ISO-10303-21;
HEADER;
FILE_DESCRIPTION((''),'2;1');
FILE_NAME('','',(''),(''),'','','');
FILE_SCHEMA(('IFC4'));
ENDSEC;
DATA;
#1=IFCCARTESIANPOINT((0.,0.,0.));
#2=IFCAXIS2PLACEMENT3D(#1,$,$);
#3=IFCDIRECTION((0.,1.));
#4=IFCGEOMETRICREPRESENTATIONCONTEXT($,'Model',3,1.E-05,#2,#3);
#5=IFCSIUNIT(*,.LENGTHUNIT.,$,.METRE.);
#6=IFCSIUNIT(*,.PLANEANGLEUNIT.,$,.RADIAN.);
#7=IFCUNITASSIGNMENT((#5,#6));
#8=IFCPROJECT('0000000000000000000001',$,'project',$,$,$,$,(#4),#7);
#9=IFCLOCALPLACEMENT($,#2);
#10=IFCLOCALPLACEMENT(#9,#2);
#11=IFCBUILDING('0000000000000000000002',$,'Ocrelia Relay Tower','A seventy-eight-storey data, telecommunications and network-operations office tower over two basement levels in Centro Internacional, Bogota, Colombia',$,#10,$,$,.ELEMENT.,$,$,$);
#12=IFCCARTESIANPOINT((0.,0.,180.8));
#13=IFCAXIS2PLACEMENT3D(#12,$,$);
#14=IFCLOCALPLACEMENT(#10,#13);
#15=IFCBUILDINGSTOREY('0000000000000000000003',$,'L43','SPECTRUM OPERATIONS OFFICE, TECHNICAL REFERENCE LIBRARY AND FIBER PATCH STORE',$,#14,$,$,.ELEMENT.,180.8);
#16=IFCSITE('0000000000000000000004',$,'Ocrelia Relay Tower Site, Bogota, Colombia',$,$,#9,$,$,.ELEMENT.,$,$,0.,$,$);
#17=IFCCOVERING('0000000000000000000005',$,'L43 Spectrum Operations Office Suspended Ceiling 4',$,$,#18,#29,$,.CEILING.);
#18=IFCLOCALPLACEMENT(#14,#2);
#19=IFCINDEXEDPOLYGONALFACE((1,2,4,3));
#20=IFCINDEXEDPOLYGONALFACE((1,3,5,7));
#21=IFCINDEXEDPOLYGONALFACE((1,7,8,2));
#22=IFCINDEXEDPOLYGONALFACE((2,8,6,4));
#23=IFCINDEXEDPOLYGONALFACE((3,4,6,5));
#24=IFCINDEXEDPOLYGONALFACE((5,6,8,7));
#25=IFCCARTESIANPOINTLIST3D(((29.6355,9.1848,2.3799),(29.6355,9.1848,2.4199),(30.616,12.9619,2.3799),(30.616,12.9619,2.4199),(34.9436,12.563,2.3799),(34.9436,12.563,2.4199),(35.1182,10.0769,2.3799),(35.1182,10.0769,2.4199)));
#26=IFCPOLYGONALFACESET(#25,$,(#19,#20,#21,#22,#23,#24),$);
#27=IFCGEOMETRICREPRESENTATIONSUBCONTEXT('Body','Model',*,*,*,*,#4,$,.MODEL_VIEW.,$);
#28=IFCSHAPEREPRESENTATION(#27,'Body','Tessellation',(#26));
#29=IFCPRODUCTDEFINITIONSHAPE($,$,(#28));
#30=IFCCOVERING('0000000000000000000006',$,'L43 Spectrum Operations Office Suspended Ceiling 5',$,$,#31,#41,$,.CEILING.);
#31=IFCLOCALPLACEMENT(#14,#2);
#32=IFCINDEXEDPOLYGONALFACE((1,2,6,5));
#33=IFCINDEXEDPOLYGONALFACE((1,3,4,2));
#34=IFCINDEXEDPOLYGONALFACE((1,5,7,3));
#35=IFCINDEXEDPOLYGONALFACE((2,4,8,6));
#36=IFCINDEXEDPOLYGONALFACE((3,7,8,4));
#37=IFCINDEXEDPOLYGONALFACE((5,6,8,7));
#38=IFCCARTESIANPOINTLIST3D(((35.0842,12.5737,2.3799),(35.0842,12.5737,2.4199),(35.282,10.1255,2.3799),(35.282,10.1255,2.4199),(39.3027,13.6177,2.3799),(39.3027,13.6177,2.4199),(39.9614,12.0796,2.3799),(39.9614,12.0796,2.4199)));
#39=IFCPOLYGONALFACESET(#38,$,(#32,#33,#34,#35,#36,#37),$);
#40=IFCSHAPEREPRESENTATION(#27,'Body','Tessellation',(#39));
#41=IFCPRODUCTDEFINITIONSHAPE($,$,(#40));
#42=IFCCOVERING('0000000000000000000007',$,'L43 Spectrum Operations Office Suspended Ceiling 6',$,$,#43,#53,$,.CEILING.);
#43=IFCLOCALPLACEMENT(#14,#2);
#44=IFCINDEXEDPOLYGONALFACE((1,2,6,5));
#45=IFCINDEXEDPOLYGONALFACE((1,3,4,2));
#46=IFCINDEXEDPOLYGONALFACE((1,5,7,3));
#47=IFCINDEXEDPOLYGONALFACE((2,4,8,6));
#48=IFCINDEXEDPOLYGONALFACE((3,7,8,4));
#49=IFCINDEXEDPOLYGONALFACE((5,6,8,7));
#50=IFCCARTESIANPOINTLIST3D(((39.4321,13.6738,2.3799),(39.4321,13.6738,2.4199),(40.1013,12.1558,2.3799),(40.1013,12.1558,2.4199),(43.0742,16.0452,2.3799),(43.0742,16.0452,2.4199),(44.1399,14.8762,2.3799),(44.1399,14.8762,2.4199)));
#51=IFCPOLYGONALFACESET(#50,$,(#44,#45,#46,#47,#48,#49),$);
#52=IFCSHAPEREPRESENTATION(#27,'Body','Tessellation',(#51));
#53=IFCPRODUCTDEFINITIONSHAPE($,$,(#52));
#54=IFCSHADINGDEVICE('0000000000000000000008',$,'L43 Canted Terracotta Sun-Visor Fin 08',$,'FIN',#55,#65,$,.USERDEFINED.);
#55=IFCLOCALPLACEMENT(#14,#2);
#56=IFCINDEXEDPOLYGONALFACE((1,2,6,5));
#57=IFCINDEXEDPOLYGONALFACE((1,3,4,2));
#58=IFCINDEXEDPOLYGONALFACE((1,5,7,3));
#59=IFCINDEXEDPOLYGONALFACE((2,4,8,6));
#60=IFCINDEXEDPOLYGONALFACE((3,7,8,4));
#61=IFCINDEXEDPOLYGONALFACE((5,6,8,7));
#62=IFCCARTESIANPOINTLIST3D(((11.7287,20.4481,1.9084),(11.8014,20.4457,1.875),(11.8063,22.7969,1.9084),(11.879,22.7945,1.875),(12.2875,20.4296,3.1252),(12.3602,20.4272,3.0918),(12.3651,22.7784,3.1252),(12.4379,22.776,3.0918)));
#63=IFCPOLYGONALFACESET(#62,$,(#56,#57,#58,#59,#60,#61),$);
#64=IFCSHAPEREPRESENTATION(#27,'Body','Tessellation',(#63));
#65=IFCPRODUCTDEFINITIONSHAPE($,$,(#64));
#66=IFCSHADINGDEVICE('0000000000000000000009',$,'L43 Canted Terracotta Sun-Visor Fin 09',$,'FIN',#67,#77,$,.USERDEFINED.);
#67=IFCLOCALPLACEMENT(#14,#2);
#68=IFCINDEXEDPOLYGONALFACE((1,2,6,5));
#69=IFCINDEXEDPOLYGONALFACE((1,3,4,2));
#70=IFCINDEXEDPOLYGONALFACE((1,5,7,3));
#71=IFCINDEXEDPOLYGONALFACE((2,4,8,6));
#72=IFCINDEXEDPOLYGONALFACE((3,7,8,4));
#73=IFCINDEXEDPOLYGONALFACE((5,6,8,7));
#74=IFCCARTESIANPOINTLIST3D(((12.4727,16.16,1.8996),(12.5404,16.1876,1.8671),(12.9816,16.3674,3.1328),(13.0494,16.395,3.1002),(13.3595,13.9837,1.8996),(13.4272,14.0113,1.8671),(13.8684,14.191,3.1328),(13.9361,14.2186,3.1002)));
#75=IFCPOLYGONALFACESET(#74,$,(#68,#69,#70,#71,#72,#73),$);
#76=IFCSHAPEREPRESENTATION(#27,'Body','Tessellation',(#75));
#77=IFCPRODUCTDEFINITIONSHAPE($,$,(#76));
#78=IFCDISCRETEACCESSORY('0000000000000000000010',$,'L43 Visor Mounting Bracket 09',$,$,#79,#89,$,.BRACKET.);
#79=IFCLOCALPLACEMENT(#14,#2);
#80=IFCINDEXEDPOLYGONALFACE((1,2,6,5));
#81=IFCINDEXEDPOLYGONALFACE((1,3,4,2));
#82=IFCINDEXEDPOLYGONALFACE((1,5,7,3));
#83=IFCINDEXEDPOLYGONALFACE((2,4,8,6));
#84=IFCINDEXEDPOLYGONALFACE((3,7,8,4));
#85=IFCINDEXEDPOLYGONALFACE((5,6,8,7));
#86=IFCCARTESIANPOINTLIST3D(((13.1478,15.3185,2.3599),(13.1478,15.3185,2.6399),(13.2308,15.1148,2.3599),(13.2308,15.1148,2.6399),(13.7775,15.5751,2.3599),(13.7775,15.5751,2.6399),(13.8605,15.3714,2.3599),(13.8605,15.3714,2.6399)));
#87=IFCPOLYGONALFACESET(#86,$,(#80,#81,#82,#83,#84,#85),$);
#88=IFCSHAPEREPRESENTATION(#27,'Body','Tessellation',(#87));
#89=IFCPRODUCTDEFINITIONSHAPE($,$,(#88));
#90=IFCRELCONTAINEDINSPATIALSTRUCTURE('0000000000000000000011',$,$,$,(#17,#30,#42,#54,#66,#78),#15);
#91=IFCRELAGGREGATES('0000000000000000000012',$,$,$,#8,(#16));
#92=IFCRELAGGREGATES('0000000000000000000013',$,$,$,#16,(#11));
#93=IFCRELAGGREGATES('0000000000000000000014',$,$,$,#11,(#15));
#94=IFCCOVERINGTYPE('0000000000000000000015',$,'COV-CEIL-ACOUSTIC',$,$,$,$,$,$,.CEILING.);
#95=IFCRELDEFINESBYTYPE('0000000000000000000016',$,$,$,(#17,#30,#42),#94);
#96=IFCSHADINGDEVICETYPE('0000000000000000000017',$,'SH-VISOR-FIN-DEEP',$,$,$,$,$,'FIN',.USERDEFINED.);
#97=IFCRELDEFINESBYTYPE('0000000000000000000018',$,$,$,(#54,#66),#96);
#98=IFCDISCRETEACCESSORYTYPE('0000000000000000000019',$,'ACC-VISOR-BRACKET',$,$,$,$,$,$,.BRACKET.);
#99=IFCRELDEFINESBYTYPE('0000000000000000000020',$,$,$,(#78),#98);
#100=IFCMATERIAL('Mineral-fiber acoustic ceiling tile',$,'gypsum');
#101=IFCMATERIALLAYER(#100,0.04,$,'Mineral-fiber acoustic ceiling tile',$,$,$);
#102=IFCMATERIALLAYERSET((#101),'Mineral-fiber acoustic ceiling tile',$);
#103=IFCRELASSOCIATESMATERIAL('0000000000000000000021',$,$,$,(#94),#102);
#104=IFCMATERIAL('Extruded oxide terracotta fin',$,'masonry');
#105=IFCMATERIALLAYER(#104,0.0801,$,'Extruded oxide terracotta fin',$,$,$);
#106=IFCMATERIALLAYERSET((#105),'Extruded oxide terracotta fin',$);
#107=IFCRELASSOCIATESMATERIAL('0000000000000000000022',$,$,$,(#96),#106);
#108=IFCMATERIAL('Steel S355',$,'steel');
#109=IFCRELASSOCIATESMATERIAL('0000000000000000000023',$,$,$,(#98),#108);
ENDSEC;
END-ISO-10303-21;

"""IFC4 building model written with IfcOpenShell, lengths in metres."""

from ifc_helpers import new_model, si_unit, direction, frame, origin, origin_2d, place, context, subcontext, project, spatial, polyline, rectangle, outline, extrude, material, layer, layer_set, type_object, element, save


model = new_model("IFC4")

# Units and contexts
model_context = context("Model", 3, precision=1e-05, world=origin(), true_north=direction((0.0, 1.0)))
body_context = subcontext(model_context, "Body", "Model", "MODEL_VIEW")
ifc_project = project(units=[si_unit("LENGTHUNIT", "METRE"), si_unit("PLANEANGLEUNIT", "RADIAN")], contexts=[model_context])

# Site, building, storey
site_placement = place(None, origin())
site = spatial("IfcSite", under=ifc_project, at=site_placement, Name="Ocrelia Relay Tower Site, Bogota, Colombia", CompositionType="ELEMENT", RefElevation=0.0)
building_placement = place(site_placement, origin())
building = spatial("IfcBuilding", under=site, at=building_placement, Name="Ocrelia Relay Tower", Description="A seventy-eight-storey data, telecommunications and network-operations office tower over two basement levels in Centro Internacional, Bogota, Colombia", CompositionType="ELEMENT")
storey_placement = place(building_placement, frame((0.0, 0.0, 180.8)))
storey = spatial("IfcBuildingStorey", under=building, at=storey_placement, Name="L43", Description="SPECTRUM OPERATIONS OFFICE, TECHNICAL REFERENCE LIBRARY AND FIBER PATCH STORE", CompositionType="ELEMENT", Elevation=180.8)

# Coverings
ifc_material_1 = material(Name="Mineral-fiber acoustic ceiling tile", Category="gypsum")
ifc_layer_1 = layer(ifc_material_1, 0.04, Name="Mineral-fiber acoustic ceiling tile")
ifc_layer_set_1 = layer_set([ifc_layer_1], Name="Mineral-fiber acoustic ceiling tile")
covering_type = type_object("IfcCoveringType", Name="COV-CEIL-ACOUSTIC", PredefinedType="CEILING", material=ifc_layer_set_1)
covering_1_placement = place(storey_placement, frame((0.0, 0.0, 2.3799)))
element("IfcCovering", 1, at=covering_1_placement, inside=storey, type_object=covering_type, Name="L43 Spectrum Operations Office Suspended Ceiling 4", PredefinedType="CEILING", context=body_context, shape_type="SweptSolid", body=[
    extrude(outline(polyline([(30.616, 12.9619), (29.6355, 9.1848), (35.1182, 10.0769), (34.9436, 12.563), (30.616, 12.9619)])), origin(), (0.0, 0.0, 1.0), 0.04),
])
covering_2_placement = place(storey_placement, frame((0.0, 0.0, 2.3799)))
element("IfcCovering", 2, at=covering_2_placement, inside=storey, type_object=covering_type, Name="L43 Spectrum Operations Office Suspended Ceiling 5", PredefinedType="CEILING", context=body_context, shape_type="SweptSolid", body=[
    extrude(outline(polyline([(35.0842, 12.5737), (35.282, 10.1255), (39.9614, 12.0796), (39.3027, 13.6177), (35.0842, 12.5737)])), origin(), (0.0, 0.0, 1.0), 0.04),
])
covering_3_placement = place(storey_placement, frame((0.0, 0.0, 2.3799)))
element("IfcCovering", 3, at=covering_3_placement, inside=storey, type_object=covering_type, Name="L43 Spectrum Operations Office Suspended Ceiling 6", PredefinedType="CEILING", context=body_context, shape_type="SweptSolid", body=[
    extrude(outline(polyline([(39.4321, 13.6738), (40.1013, 12.1558), (44.1399, 14.8762), (43.0742, 16.0452), (39.4321, 13.6738)])), origin(), (0.0, 0.0, 1.0), 0.04),
])

# Shading devices
ifc_material_2 = material(Name="Extruded oxide terracotta fin", Category="masonry")
ifc_layer_2 = layer(ifc_material_2, 0.0801, Name="Extruded oxide terracotta fin")
ifc_layer_set_2 = layer_set([ifc_layer_2], Name="Extruded oxide terracotta fin")
shading_device_type = type_object("IfcShadingDeviceType", Name="SH-VISOR-FIN-DEEP", ElementType="FIN", PredefinedType="USERDEFINED", material=ifc_layer_set_2)
shading_device_1_placement = place(storey_placement, frame((12.1196, 21.6108, 2.4834), z_axis=(-0.908158, 0.030014, 0.41755), x_axis=(-0.033031, -0.999454, 0.0)))
element("IfcShadingDevice", 4, at=shading_device_1_placement, inside=storey, type_object=shading_device_type, Name="L43 Canted Terracotta Sun-Visor Fin 08", ObjectType="FIN", PredefinedType="USERDEFINED", context=body_context, shape_type="SweptSolid", body=[
    extrude(rectangle(XDim=2.3501, YDim=1.3391, at=origin_2d()), origin(), (0.0, 0.0, 1.0), 0.0801),
])
shading_device_2_placement = place(storey_placement, frame((13.2383, 15.2031, 2.4836), z_axis=(-0.84588, -0.344664, 0.407056), x_axis=(0.377341, -0.926074, 0.0)))
element("IfcShadingDevice", 5, at=shading_device_2_placement, inside=storey, type_object=shading_device_type, Name="L43 Canted Terracotta Sun-Visor Fin 09", ObjectType="FIN", PredefinedType="USERDEFINED", context=body_context, shape_type="SweptSolid", body=[
    extrude(rectangle(XDim=2.3501, YDim=1.3501, at=origin_2d()), origin(), (0.0, 0.0, 1.0), 0.0801),
])

# Discrete accessory
ifc_material_3 = material(Name="Steel S355", Category="steel")
discrete_accessory_type = type_object("IfcDiscreteAccessoryType", Name="ACC-VISOR-BRACKET", PredefinedType="BRACKET", material=ifc_material_3)
discrete_accessory_placement = place(storey_placement, frame((13.5042, 15.345, 2.3599), z_axis=(0.0, 0.0, 1.0), x_axis=(0.377341, -0.926074, 0.0)))
element("IfcDiscreteAccessory", 6, at=discrete_accessory_placement, inside=storey, type_object=discrete_accessory_type, Name="L43 Visor Mounting Bracket 09", PredefinedType="BRACKET", context=body_context, shape_type="SweptSolid", body=[
    extrude(rectangle(XDim=0.22, YDim=0.6799, at=origin_2d()), origin(), (0.0, 0.0, 1.0), 0.28),
])

save(model, "model.ifc")
